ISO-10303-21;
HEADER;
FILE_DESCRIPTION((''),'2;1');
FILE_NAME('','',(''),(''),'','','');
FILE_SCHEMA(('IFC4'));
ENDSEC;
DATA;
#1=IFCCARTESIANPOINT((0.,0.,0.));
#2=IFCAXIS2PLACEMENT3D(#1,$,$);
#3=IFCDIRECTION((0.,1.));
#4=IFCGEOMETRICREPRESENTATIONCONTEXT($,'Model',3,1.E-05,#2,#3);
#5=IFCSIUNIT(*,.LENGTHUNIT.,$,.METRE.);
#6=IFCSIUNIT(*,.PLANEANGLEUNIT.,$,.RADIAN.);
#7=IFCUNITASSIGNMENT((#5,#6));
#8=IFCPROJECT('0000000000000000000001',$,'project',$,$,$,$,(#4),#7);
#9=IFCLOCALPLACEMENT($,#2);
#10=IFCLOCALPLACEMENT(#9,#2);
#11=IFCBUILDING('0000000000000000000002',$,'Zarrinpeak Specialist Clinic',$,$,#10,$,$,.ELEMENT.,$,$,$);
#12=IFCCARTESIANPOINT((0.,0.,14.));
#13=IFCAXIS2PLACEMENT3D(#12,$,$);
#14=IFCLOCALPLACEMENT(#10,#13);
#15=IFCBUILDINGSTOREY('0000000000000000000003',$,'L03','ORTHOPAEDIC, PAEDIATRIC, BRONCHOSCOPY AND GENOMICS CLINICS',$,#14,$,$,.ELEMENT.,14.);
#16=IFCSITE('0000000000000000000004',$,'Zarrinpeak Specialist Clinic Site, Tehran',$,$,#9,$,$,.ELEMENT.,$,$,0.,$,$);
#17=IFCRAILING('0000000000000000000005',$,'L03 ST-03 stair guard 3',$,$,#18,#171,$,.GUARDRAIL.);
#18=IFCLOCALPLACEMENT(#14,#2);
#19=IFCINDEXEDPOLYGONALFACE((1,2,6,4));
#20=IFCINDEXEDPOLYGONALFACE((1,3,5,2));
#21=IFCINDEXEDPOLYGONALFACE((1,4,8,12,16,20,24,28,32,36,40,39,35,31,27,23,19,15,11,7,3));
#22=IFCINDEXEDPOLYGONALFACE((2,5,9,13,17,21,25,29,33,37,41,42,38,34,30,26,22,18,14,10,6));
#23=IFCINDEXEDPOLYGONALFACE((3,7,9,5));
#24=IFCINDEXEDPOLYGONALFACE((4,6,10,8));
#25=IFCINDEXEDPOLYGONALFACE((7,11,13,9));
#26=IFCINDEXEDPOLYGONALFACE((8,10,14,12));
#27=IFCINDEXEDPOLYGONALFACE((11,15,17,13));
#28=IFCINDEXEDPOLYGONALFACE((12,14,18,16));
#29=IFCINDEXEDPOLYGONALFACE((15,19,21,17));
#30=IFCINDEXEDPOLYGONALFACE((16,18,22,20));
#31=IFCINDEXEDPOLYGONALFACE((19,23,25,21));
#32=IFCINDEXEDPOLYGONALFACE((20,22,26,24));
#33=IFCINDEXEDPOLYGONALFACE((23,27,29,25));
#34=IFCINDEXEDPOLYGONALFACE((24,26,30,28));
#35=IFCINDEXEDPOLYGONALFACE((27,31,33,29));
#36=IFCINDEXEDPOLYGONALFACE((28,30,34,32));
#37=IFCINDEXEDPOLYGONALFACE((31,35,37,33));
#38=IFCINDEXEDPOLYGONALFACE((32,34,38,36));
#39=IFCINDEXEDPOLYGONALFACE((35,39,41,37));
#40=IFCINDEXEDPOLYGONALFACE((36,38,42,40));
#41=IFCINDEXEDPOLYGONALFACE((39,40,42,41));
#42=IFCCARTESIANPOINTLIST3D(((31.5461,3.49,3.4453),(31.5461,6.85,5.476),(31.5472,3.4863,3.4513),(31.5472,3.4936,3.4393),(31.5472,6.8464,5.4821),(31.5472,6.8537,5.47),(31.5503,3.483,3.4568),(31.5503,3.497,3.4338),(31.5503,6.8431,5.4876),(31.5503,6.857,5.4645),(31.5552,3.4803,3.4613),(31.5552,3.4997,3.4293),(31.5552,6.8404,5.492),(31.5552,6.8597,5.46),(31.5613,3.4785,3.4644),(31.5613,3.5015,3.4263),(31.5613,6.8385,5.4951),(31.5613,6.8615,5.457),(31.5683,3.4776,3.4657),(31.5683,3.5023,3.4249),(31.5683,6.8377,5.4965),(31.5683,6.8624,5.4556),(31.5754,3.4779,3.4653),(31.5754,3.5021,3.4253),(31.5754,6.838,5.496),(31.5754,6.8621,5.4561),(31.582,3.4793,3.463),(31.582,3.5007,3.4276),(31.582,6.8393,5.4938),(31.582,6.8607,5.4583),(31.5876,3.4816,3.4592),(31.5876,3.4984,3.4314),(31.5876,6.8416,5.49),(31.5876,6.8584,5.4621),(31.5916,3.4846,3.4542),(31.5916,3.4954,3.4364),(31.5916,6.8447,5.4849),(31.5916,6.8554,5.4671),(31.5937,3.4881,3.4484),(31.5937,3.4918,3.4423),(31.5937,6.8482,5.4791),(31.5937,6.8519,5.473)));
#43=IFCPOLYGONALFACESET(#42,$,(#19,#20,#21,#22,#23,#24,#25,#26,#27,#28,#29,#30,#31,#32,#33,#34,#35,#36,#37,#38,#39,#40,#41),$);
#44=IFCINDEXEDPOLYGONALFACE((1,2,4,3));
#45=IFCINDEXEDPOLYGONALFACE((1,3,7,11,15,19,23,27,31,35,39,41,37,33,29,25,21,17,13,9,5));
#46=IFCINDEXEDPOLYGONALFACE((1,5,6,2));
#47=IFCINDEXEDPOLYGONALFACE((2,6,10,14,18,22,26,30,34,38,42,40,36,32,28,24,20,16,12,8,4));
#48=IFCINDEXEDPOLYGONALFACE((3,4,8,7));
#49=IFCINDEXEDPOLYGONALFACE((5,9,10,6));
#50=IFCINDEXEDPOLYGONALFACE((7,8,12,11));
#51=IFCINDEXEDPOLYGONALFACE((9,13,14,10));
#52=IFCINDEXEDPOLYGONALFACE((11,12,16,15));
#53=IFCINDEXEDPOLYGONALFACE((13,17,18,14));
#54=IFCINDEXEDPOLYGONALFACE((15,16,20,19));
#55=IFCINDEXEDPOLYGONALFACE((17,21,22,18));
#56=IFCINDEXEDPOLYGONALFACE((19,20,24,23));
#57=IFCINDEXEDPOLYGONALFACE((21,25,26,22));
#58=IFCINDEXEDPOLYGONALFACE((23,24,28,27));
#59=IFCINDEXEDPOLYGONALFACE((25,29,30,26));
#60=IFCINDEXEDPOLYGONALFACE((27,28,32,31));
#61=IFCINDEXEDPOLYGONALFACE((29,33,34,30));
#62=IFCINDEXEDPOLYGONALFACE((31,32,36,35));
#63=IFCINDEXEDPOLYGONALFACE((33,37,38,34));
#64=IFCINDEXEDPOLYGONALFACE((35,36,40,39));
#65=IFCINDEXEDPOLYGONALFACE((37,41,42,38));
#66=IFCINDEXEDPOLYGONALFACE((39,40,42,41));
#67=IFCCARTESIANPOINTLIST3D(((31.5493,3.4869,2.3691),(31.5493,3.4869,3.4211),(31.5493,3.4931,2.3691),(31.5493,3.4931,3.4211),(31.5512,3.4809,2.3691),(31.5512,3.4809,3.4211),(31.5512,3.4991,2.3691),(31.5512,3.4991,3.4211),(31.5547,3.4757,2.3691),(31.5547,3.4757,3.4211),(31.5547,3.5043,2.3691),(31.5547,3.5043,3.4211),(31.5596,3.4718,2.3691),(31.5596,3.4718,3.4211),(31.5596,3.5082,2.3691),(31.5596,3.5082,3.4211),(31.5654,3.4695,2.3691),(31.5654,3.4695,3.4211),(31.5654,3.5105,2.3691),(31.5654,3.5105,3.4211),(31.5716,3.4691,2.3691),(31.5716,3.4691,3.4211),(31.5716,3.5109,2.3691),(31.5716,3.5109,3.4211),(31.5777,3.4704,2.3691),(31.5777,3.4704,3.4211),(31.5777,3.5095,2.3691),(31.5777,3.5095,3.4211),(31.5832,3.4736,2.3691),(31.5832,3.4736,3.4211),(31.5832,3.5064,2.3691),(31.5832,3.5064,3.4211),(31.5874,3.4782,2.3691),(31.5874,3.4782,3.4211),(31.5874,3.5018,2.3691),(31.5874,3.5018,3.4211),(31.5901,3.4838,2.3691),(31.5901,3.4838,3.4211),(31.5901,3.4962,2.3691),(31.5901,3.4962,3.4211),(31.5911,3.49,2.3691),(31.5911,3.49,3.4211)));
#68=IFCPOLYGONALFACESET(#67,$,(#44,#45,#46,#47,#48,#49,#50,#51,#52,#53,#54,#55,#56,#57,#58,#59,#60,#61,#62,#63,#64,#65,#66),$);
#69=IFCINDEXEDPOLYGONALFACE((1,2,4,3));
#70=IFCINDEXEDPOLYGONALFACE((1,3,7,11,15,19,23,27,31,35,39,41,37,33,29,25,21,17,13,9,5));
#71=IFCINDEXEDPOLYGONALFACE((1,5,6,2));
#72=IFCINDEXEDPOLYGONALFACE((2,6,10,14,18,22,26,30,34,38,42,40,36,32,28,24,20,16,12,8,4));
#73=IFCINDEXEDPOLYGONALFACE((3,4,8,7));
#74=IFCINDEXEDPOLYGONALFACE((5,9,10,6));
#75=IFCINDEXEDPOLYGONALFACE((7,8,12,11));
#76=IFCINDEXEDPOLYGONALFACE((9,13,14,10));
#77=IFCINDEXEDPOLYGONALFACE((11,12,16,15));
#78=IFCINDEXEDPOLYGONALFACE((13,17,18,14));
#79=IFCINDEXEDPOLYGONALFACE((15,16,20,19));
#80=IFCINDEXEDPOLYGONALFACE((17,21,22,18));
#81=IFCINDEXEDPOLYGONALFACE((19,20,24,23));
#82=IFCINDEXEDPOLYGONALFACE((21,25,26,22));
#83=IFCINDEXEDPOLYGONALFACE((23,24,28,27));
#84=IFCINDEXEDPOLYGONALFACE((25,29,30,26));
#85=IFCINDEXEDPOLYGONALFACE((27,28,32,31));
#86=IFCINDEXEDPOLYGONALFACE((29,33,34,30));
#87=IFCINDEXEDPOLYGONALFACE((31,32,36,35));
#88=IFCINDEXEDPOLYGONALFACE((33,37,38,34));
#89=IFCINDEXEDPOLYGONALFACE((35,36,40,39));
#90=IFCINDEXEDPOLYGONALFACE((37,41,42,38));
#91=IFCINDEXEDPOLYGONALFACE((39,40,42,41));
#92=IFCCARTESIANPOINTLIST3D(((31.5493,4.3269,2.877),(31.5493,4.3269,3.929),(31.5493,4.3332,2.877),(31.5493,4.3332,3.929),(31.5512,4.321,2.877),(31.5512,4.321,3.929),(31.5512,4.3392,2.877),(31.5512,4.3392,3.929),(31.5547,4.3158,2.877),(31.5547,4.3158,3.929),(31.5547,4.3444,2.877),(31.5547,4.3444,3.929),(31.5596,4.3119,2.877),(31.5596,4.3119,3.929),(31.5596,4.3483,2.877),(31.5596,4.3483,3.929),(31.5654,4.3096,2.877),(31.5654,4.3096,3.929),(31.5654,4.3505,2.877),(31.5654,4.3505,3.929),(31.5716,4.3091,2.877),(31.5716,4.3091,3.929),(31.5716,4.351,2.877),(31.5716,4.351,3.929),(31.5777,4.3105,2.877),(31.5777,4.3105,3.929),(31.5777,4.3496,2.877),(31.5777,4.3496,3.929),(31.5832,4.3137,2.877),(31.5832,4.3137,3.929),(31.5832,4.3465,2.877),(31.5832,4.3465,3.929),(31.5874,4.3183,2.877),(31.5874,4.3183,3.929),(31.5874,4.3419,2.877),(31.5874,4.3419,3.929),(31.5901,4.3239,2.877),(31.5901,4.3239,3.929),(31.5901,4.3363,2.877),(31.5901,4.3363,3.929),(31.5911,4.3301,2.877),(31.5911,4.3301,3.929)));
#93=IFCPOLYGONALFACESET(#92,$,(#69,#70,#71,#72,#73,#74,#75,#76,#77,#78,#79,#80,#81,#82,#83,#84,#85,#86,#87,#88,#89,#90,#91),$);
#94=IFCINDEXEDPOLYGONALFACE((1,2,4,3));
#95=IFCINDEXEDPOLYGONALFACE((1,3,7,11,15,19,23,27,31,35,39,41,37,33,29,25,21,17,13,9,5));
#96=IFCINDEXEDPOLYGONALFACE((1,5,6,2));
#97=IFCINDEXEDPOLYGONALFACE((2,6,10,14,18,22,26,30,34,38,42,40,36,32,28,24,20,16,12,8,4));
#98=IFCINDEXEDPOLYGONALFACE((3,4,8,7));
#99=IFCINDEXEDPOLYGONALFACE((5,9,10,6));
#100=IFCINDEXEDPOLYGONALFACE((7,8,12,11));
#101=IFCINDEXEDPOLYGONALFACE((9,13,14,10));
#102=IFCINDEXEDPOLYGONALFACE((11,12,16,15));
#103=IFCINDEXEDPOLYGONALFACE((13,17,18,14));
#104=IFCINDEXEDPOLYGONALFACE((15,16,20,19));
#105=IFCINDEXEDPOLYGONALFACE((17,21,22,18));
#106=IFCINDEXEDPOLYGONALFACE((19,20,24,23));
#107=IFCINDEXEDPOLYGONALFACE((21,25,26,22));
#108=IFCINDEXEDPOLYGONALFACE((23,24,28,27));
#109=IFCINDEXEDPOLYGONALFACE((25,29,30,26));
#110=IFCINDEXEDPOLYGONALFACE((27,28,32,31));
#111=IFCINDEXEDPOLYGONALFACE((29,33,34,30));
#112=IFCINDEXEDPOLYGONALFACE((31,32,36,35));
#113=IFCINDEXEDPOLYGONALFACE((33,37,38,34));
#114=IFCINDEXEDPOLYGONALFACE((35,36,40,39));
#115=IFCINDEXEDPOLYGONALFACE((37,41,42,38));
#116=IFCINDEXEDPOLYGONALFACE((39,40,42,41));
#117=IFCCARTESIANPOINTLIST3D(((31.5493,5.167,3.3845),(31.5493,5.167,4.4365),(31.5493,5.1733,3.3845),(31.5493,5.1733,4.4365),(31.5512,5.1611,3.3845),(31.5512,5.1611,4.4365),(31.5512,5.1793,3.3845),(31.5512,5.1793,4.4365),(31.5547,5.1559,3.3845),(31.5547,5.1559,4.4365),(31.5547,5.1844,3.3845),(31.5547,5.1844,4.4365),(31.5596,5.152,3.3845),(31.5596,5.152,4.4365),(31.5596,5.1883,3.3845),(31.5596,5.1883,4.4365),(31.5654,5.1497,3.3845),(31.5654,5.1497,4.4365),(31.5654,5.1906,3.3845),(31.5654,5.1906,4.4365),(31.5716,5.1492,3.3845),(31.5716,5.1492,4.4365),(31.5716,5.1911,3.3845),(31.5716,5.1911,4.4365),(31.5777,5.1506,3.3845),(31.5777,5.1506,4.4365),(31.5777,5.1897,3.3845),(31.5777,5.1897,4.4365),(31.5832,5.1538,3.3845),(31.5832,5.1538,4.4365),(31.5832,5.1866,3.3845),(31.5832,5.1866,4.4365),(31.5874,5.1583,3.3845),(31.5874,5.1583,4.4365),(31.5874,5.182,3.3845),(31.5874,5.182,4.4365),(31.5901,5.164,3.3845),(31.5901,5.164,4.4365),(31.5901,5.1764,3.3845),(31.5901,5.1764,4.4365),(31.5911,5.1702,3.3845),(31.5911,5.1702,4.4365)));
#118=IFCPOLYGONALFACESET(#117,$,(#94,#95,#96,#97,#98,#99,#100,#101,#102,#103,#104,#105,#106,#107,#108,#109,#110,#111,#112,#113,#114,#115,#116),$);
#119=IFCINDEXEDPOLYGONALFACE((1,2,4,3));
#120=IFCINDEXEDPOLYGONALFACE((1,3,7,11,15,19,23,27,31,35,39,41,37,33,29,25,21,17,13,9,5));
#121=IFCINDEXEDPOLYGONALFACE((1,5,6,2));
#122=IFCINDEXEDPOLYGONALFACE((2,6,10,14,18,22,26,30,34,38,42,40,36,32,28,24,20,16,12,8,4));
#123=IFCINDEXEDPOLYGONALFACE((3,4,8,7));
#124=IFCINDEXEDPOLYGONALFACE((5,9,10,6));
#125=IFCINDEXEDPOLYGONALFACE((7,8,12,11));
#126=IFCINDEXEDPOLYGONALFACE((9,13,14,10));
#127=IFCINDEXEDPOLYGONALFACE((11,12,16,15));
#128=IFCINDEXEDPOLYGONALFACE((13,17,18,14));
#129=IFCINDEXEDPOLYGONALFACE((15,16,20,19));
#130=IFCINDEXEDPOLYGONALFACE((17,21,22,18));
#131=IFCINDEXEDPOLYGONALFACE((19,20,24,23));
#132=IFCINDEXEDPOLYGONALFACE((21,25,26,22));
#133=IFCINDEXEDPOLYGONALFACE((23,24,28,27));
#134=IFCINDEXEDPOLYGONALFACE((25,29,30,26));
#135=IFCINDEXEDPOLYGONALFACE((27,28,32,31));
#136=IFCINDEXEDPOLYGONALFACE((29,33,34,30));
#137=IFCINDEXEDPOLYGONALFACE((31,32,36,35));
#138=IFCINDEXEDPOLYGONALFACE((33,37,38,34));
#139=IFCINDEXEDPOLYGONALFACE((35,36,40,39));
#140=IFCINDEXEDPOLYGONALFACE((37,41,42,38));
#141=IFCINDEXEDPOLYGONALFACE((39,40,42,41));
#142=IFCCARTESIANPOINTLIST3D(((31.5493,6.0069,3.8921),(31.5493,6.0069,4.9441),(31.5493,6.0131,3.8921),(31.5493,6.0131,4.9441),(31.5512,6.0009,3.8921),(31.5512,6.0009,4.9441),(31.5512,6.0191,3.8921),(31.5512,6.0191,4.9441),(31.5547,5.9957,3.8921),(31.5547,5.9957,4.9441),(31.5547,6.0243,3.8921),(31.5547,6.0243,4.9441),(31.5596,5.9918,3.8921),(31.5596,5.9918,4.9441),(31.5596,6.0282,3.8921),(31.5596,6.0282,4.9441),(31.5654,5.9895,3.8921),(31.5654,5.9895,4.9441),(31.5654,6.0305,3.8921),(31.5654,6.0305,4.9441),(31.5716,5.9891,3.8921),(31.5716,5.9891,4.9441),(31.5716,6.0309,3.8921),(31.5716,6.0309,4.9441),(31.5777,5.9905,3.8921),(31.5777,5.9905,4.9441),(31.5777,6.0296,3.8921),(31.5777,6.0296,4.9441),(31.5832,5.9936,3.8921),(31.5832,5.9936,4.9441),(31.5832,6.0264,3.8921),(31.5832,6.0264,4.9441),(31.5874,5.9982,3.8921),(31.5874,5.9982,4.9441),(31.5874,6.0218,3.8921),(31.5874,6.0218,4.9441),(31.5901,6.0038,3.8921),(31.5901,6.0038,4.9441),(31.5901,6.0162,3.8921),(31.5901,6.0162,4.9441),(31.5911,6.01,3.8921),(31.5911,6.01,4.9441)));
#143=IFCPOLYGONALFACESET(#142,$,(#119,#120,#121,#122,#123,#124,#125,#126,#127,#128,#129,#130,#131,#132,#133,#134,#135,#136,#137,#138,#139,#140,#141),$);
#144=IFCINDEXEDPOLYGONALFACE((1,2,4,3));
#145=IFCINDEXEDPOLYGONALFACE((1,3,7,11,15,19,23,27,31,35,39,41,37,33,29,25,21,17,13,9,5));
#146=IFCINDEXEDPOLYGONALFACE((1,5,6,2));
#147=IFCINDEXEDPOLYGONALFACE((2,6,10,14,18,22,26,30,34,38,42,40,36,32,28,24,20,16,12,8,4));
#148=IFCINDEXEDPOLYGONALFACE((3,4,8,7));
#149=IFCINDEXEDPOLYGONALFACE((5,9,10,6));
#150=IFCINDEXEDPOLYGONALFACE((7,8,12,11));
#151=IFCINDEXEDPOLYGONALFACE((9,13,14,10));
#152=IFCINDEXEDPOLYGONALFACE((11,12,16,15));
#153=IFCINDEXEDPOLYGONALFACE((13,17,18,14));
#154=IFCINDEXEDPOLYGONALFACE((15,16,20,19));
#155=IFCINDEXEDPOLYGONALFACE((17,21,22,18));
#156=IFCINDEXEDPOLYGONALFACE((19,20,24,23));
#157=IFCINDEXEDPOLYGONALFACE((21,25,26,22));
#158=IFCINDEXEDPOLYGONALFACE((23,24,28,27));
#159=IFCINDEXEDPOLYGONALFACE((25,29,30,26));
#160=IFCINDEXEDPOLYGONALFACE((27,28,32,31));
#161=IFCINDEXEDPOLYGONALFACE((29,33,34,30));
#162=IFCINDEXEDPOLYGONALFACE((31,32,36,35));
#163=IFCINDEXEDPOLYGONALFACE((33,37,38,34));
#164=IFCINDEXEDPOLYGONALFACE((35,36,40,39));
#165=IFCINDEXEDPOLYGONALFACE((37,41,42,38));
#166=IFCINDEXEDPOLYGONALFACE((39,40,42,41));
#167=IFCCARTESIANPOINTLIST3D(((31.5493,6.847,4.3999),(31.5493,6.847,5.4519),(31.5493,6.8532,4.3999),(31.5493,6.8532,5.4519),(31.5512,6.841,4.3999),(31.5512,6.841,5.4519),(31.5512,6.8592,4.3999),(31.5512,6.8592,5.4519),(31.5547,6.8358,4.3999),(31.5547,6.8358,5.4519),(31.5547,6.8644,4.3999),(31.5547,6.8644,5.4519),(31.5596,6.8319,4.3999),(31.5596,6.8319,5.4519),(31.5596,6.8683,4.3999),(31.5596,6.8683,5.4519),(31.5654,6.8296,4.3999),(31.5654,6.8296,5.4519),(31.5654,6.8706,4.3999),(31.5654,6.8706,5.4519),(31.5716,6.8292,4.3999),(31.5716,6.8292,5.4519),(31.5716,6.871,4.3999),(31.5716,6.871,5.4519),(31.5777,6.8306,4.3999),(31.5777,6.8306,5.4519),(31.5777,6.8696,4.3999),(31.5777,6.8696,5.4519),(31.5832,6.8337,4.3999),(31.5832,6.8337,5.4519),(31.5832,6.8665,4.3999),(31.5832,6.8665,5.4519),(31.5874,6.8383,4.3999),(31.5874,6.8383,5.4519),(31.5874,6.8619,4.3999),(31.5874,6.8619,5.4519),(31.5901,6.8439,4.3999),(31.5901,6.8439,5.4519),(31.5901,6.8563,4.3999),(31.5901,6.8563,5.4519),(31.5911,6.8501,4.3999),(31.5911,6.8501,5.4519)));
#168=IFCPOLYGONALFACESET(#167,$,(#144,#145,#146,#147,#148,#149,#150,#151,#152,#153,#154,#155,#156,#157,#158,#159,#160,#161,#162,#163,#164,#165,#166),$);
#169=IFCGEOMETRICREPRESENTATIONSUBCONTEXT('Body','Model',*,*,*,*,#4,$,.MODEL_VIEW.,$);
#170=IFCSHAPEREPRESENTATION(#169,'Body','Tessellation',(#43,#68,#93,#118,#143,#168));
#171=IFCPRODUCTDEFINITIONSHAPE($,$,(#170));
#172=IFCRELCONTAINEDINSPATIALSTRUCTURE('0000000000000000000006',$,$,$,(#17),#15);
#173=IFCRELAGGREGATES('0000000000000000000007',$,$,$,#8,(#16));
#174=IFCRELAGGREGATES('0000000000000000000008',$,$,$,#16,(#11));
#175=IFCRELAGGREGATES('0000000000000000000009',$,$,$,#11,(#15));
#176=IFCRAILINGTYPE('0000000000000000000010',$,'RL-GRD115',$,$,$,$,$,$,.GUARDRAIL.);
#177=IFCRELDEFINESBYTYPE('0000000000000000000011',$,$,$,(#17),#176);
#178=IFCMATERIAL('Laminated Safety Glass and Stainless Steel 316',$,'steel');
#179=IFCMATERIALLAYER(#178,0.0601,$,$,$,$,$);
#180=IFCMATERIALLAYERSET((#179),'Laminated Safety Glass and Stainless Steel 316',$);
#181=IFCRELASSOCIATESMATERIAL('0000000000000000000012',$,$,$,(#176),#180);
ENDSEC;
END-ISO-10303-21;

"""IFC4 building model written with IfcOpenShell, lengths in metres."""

from ifc_helpers import new_model, si_unit, direction, frame, origin, origin_2d, place, context, subcontext, project, spatial, circle, extrude, material, layer, layer_set, type_object, element, save


model = new_model("IFC4")

# Units and contexts
model_context = context("Model", 3, precision=1e-05, world=origin(), true_north=direction((0.0, 1.0)))
body_context = subcontext(model_context, "Body", "Model", "MODEL_VIEW")
ifc_project = project(units=[si_unit("LENGTHUNIT", "METRE"), si_unit("PLANEANGLEUNIT", "RADIAN")], contexts=[model_context])

# Site, building, storey
site_placement = place(None, origin())
site = spatial("IfcSite", under=ifc_project, at=site_placement, Name="Zarrinpeak Specialist Clinic Site, Tehran", CompositionType="ELEMENT", RefElevation=0.0)
building_placement = place(site_placement, origin())
building = spatial("IfcBuilding", under=site, at=building_placement, Name="Zarrinpeak Specialist Clinic", CompositionType="ELEMENT")
storey_placement = place(building_placement, frame((0.0, 0.0, 14.0)))
storey = spatial("IfcBuildingStorey", under=building, at=storey_placement, Name="L03", Description="ORTHOPAEDIC, PAEDIATRIC, BRONCHOSCOPY AND GENOMICS CLINICS", CompositionType="ELEMENT", Elevation=14.0)

# Railing
ifc_material_1 = material(Name="Laminated Safety Glass and Stainless Steel 316", Category="steel")
ifc_layer_1 = layer(ifc_material_1, 0.0601)
ifc_layer_set_1 = layer_set([ifc_layer_1], Name="Laminated Safety Glass and Stainless Steel 316")
railing_type_1 = type_object("IfcRailingType", Name="RL-GRD115", PredefinedType="GUARDRAIL", material=ifc_layer_set_1)
railing_1_placement = place(storey_placement, frame((31.5701, 3.49, 2.3691)))
element("IfcRailing", 1, at=railing_1_placement, inside=storey, type_object=railing_type_1, Name="L03 ST-03 stair guard 3", PredefinedType="GUARDRAIL", context=body_context, shape_type="SweptSolid", body=[
    extrude(circle(Radius=0.0239, at=origin_2d()), frame((0.0, 0.0, 1.0762), z_axis=(0.0, 0.855837, 0.517246), x_axis=(-1.0, 0.0, 0.0)), (0.0, 0.0, 1.0), 3.926),
    extrude(circle(Radius=0.021, at=origin_2d()), origin(), (0.0, 0.0, 1.0), 1.052),
    extrude(circle(Radius=0.021, at=origin_2d()), frame((0.0, 0.8401, 0.5078)), (0.0, 0.0, 1.0), 1.052),
    extrude(circle(Radius=0.021, at=origin_2d()), frame((0.0, 1.6802, 1.0154)), (0.0, 0.0, 1.0), 1.052),
    extrude(circle(Radius=0.021, at=origin_2d()), frame((0.0, 2.52, 1.5229)), (0.0, 0.0, 1.0), 1.052),
    extrude(circle(Radius=0.021, at=origin_2d()), frame((0.0, 3.3601, 2.0308)), (0.0, 0.0, 1.0), 1.052),
])

save(model, "model.ifc")
